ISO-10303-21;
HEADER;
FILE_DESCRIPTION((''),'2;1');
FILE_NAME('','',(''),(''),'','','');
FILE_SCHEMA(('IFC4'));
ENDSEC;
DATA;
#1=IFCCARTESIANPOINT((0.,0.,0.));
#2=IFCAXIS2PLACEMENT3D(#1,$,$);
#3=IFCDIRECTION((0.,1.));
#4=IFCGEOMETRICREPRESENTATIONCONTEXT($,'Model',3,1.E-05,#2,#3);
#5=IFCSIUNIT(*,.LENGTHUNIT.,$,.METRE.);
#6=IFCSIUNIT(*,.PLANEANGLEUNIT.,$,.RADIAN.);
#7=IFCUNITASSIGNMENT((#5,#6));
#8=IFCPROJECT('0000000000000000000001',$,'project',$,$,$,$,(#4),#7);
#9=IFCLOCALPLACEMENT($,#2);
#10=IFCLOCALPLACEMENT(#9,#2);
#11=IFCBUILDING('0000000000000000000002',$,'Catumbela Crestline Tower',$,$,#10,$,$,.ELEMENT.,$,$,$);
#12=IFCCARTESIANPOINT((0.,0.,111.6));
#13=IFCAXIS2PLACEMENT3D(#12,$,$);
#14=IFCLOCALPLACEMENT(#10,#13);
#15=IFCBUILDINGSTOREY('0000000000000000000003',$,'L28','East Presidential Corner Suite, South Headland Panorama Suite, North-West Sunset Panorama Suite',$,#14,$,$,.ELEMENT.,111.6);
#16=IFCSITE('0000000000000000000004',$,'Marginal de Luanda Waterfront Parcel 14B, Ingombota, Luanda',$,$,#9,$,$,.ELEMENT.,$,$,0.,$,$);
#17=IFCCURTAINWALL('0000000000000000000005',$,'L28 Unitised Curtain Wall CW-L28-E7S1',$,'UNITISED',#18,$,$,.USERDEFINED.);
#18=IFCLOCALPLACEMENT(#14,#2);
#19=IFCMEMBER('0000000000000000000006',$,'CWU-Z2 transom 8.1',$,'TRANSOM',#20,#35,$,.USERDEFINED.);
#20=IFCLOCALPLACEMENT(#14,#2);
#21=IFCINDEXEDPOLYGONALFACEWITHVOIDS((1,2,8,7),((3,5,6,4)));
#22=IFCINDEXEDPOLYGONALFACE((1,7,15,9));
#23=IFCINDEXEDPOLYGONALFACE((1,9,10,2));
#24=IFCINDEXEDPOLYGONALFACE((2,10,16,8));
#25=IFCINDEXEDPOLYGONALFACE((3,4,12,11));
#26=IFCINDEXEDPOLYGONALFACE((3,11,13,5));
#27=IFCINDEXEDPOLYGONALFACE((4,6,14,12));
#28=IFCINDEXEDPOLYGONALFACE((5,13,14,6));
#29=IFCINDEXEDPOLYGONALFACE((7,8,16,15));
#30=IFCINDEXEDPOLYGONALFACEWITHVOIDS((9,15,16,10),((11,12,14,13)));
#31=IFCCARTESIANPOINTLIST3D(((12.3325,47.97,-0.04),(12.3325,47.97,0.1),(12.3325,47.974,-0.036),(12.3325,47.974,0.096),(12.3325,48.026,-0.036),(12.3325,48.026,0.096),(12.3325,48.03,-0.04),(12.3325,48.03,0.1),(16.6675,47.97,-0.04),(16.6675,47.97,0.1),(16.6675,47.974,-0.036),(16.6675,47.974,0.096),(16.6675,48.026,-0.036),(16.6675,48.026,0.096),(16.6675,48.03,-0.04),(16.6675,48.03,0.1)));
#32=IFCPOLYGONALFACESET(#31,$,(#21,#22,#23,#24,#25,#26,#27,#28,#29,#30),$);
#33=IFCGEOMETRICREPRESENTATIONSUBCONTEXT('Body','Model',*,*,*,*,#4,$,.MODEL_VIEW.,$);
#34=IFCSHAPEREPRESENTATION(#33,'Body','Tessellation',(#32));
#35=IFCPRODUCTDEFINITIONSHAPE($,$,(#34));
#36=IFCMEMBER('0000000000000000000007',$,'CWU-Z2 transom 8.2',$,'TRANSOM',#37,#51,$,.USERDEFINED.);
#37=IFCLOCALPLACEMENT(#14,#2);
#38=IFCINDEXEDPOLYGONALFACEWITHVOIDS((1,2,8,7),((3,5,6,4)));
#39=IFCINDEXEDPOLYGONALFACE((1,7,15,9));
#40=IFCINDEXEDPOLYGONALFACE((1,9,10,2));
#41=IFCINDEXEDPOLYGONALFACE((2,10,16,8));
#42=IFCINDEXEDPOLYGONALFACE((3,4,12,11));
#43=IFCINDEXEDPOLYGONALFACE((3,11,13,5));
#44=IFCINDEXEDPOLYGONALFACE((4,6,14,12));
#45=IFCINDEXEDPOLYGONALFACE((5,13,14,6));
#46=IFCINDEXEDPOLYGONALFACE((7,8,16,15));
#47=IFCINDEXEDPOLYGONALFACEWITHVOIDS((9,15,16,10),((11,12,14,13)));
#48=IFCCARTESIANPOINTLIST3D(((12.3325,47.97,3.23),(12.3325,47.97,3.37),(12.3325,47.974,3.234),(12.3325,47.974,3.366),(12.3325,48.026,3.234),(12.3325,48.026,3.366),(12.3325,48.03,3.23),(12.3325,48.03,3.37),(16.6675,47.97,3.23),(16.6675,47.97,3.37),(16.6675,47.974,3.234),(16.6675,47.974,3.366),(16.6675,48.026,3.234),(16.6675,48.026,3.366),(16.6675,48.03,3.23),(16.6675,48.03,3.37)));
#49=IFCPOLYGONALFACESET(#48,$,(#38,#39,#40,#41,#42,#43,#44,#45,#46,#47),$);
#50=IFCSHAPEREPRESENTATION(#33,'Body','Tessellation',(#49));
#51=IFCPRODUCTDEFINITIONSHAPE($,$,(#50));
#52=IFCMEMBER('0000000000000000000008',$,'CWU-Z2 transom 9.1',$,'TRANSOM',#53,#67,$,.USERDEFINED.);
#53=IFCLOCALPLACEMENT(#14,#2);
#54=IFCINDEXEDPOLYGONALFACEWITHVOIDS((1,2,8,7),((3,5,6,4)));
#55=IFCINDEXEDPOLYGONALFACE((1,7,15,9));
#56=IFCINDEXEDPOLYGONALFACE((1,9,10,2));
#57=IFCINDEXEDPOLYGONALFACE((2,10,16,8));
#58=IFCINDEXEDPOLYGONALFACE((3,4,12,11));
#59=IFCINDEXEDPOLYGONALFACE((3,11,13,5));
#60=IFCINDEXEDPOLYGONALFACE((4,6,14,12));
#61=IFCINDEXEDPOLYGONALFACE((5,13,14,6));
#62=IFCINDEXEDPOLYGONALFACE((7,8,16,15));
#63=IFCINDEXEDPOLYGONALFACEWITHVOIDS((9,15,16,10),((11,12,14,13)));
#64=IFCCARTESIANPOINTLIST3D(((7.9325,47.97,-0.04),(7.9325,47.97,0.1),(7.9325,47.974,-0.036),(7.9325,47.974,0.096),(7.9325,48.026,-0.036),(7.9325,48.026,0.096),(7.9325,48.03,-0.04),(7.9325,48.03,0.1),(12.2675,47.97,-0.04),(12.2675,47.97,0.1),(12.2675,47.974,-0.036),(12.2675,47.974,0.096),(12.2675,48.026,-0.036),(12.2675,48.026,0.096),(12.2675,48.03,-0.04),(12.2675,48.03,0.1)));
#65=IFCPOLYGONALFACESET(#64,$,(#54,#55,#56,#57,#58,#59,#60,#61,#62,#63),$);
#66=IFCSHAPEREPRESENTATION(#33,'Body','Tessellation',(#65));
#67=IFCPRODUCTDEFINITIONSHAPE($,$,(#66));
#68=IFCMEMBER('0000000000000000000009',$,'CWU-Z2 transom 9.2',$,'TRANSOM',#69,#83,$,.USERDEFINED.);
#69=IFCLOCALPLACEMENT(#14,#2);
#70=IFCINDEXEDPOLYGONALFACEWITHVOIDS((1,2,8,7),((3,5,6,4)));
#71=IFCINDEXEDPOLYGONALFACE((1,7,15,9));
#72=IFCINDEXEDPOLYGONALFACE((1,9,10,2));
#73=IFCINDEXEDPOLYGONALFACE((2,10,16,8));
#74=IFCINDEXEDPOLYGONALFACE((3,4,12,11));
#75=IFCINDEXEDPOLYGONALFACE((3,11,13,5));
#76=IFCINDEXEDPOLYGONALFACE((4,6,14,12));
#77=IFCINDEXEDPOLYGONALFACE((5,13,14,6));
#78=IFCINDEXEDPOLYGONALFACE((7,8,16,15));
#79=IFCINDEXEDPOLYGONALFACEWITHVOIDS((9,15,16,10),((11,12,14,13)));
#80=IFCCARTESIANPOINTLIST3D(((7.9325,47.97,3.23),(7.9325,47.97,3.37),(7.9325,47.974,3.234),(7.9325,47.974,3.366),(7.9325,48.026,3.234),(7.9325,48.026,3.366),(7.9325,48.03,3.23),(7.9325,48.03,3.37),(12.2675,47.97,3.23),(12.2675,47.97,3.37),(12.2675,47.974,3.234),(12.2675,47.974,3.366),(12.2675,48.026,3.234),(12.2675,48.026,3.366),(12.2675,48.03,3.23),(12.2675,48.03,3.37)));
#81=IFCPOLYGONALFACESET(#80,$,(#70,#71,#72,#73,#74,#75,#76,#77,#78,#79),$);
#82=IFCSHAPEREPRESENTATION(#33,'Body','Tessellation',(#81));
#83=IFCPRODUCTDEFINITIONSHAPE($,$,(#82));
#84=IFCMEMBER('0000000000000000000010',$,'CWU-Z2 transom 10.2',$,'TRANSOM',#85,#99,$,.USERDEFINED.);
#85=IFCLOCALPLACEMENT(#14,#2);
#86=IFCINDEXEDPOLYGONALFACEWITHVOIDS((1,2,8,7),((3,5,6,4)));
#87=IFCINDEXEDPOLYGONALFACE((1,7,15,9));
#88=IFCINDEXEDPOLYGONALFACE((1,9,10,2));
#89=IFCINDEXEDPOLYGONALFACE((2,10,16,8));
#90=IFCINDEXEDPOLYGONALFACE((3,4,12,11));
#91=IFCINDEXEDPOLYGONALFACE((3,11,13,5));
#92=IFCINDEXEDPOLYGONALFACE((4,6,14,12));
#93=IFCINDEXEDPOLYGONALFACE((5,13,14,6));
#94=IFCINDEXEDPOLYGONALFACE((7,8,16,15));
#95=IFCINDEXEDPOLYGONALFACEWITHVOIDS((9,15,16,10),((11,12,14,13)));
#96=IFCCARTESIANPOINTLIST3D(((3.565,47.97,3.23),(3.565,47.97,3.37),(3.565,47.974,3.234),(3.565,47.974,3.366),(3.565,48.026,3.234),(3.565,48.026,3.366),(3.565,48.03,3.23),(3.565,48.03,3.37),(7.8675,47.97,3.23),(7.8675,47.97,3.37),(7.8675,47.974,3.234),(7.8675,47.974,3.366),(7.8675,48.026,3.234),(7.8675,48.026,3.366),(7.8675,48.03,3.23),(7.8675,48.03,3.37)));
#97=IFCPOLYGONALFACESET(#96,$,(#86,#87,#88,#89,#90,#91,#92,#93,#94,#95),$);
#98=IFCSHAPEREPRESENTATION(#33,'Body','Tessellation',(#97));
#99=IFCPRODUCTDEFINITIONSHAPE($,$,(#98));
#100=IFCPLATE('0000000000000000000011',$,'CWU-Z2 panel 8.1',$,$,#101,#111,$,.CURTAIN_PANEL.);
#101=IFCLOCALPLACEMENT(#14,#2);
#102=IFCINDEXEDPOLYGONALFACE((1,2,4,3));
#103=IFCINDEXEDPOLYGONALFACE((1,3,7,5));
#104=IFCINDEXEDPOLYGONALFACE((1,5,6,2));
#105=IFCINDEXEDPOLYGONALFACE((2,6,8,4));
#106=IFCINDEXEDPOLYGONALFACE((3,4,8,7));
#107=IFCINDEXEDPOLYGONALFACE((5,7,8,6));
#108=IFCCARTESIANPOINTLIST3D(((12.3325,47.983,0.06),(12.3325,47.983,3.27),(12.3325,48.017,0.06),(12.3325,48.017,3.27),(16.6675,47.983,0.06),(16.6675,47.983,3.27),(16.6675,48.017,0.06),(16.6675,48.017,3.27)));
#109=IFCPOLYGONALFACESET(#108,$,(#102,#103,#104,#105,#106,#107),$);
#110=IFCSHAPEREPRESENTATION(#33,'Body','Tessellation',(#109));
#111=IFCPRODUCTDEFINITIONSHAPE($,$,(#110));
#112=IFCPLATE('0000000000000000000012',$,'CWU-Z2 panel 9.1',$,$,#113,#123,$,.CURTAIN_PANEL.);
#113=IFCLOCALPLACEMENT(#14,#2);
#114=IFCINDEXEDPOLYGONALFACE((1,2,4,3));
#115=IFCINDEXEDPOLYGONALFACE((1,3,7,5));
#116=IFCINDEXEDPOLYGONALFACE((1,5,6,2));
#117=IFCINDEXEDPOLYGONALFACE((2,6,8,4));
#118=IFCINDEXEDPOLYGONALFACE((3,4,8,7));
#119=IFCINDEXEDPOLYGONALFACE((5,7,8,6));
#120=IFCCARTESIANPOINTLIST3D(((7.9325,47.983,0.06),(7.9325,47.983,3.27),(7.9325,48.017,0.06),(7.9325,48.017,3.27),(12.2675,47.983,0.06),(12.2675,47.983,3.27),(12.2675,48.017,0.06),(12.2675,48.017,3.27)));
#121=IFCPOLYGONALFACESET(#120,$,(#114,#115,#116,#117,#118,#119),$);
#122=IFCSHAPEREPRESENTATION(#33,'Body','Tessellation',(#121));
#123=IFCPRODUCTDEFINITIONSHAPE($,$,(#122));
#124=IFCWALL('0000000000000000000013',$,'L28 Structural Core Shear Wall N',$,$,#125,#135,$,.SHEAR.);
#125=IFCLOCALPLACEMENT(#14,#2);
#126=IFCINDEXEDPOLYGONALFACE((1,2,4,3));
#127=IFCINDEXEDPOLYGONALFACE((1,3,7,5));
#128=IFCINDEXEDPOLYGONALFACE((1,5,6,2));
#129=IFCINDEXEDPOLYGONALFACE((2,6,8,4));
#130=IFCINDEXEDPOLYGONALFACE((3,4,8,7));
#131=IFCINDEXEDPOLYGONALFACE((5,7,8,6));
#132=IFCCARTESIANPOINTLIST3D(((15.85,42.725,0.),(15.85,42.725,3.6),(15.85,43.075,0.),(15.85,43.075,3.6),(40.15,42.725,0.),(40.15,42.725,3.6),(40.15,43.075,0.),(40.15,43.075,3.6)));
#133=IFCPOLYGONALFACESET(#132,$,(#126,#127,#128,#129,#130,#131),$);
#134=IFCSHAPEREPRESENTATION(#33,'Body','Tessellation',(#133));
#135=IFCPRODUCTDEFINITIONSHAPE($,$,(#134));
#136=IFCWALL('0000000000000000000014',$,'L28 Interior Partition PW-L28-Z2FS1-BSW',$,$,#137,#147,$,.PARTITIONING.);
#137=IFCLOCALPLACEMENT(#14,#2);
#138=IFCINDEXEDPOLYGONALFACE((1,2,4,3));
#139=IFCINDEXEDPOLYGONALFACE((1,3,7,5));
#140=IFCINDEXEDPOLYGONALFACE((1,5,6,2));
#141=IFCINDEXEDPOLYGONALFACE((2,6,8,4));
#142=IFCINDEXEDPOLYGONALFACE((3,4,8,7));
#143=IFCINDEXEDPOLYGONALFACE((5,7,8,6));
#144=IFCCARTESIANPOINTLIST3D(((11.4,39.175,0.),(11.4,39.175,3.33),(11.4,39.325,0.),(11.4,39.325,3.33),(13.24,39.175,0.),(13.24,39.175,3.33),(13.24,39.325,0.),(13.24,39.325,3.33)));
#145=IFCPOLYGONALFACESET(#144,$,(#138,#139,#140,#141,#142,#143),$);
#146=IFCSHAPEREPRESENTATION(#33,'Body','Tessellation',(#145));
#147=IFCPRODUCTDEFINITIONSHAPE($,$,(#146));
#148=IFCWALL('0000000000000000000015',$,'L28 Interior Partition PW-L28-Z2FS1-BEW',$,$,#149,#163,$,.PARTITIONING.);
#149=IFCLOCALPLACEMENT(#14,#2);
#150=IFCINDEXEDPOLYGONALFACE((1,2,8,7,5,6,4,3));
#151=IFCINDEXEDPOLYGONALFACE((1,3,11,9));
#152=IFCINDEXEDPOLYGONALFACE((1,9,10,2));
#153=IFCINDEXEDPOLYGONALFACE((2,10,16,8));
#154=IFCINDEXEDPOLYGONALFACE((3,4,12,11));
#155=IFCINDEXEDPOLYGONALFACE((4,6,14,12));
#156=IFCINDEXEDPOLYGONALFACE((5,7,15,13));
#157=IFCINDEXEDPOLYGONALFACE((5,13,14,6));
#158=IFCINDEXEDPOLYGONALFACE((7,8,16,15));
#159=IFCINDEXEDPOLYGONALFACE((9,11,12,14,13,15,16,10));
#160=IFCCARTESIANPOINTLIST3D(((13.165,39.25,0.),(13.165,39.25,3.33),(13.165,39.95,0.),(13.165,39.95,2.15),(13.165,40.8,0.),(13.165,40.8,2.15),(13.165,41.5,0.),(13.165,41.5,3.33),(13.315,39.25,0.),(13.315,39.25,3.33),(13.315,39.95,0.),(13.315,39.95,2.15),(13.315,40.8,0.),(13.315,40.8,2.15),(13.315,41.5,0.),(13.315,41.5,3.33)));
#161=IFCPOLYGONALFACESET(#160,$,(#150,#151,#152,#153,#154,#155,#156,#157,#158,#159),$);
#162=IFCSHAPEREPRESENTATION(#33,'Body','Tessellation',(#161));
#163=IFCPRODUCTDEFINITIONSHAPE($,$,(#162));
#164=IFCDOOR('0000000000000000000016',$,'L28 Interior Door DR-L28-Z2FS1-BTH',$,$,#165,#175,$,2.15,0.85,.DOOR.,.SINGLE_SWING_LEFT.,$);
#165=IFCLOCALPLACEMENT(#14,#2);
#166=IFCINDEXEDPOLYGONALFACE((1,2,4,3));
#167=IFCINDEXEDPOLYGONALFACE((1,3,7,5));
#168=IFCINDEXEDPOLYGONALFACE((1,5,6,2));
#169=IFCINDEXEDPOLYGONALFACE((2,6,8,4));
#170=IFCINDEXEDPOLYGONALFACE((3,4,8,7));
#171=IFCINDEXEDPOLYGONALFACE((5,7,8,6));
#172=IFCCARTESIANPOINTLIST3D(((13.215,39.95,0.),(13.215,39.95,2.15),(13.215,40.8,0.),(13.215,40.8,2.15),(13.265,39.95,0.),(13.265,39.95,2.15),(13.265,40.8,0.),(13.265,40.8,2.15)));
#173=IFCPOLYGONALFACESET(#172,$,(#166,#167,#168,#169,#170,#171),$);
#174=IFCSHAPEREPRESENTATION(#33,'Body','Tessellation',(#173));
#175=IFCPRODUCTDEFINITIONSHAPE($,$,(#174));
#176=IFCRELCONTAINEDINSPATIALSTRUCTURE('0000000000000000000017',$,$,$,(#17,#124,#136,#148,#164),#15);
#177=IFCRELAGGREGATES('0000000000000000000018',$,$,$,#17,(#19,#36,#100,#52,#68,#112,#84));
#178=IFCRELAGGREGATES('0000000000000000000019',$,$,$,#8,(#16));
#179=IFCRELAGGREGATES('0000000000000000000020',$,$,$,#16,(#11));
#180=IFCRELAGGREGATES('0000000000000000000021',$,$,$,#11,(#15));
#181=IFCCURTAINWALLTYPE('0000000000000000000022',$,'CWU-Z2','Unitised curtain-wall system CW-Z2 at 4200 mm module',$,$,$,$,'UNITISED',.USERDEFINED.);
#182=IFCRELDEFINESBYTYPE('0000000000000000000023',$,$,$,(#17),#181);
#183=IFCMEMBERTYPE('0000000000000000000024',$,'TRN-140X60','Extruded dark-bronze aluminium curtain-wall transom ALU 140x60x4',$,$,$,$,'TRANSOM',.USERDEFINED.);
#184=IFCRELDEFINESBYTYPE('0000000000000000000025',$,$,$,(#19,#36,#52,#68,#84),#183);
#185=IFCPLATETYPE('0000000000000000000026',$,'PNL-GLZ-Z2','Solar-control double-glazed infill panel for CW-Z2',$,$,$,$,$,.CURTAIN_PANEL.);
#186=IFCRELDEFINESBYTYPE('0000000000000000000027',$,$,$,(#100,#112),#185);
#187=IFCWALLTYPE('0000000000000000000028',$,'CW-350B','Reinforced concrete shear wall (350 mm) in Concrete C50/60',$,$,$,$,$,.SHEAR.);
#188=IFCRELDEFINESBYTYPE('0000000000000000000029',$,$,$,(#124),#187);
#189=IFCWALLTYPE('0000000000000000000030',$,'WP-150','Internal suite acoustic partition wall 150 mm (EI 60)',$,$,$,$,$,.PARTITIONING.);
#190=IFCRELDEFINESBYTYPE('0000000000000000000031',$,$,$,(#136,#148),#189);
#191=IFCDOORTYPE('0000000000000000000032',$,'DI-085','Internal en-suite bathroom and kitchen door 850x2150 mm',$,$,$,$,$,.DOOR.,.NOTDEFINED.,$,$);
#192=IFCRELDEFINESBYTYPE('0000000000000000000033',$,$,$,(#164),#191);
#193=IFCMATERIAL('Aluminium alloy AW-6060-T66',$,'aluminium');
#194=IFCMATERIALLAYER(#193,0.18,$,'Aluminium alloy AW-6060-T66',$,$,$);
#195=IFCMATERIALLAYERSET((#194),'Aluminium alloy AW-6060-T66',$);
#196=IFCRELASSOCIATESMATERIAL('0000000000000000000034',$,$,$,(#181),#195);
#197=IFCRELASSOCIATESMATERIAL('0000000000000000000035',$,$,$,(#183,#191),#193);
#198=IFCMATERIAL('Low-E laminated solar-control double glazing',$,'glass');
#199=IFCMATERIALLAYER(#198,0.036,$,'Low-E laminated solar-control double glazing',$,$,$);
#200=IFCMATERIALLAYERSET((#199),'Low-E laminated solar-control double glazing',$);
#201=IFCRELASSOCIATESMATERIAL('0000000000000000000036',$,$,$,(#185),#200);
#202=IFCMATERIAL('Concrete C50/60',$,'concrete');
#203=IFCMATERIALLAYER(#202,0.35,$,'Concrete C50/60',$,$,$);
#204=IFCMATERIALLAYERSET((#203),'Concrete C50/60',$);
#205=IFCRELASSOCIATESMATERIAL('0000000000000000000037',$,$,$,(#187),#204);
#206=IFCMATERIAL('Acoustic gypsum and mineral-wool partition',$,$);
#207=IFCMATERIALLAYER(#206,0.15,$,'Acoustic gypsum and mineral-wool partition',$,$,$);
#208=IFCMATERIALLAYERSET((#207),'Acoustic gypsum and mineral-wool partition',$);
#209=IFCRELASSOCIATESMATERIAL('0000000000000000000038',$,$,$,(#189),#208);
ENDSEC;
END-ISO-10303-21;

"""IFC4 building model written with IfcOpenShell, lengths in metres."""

from ifc_helpers import new_model, si_unit, direction, frame, frame_2d, origin, origin_2d, place, context, subcontext, project, spatial, rectangle, hollow_rectangle, extrude, material, layer, layer_set, material_profile, profile_set, type_object, element, fill, aggregate, save


model = new_model("IFC4")

# Units and contexts
model_context = context("Model", 3, precision=1e-05, world=origin(), true_north=direction((0.0, 1.0)))
body_context = subcontext(model_context, "Body", "Model", "MODEL_VIEW")
ifc_project = project(units=[si_unit("LENGTHUNIT", "METRE"), si_unit("PLANEANGLEUNIT", "RADIAN")], contexts=[model_context])

# Site, building, storey
site_placement = place(None, origin())
site = spatial("IfcSite", under=ifc_project, at=site_placement, Name="Marginal de Luanda Waterfront Parcel 14B, Ingombota, Luanda", CompositionType="ELEMENT", RefElevation=0.0)
building_placement = place(site_placement, origin())
building = spatial("IfcBuilding", under=site, at=building_placement, Name="Catumbela Crestline Tower", CompositionType="ELEMENT")
storey_placement = place(building_placement, frame((0.0, 0.0, 111.6)))
storey = spatial("IfcBuildingStorey", under=building, at=storey_placement, Name="L28", Description="East Presidential Corner Suite, South Headland Panorama Suite, North-West Sunset Panorama Suite", CompositionType="ELEMENT", Elevation=111.6)

# Shared definitions
ifc_material_1 = material(Name="Concrete C50/60", Category="concrete")

# Curtain wall
ifc_material_2 = material(Name="Aluminium alloy AW-6060-T66", Category="aluminium")
ifc_layer_1 = layer(ifc_material_2, 0.18, Name="Aluminium alloy AW-6060-T66")
ifc_layer_set_1 = layer_set([ifc_layer_1], Name="Aluminium alloy AW-6060-T66")
curtain_wall_type = type_object("IfcCurtainWallType", Name="CWU-Z2", Description="Unitised curtain-wall system CW-Z2 at 4200 mm module", ElementType="UNITISED", PredefinedType="USERDEFINED", material=ifc_layer_set_1)
curtain_wall_placement = place(storey_placement, origin())
curtain_wall = element("IfcCurtainWall", 1, at=curtain_wall_placement, inside=storey, type_object=curtain_wall_type, Name="L28 Unitised Curtain Wall CW-L28-E7S1", ObjectType="UNITISED", PredefinedType="USERDEFINED")

# Members
ifc_material_profile_1 = material_profile(ifc_material_2, hollow_rectangle(XDim=0.06, YDim=0.14, WallThickness=0.004, at=origin_2d()), Name="ALU 140x60x4")
ifc_profile_set_1 = profile_set([ifc_material_profile_1], Name="Aluminium alloy AW-6060-T66")
member_type_1 = type_object("IfcMemberType", Name="TRN-140X60", Description="Extruded dark-bronze aluminium curtain-wall transom ALU 140x60x4", ElementType="TRANSOM", PredefinedType="USERDEFINED", material=ifc_profile_set_1)
member_1_placement = place(storey_placement, frame((16.6675, 48.0, 0.03), z_axis=(-1.0, 0.0, 0.0), x_axis=(0.0, -1.0, 0.0)))
member_1 = element("IfcMember", 2, at=member_1_placement, type_object=member_type_1, Name="CWU-Z2 transom 8.1", ObjectType="TRANSOM", PredefinedType="USERDEFINED", context=body_context, shape_type="SweptSolid", body=[
    extrude(hollow_rectangle(XDim=0.06, YDim=0.14, WallThickness=0.004, at=origin_2d()), origin(), (0.0, 0.0, 1.0), 4.335),
])
member_2_placement = place(storey_placement, frame((16.6675, 48.0, 3.3), z_axis=(-1.0, 0.0, 0.0), x_axis=(0.0, -1.0, 0.0)))
member_2 = element("IfcMember", 3, at=member_2_placement, type_object=member_type_1, Name="CWU-Z2 transom 8.2", ObjectType="TRANSOM", PredefinedType="USERDEFINED", context=body_context, shape_type="SweptSolid", body=[
    extrude(hollow_rectangle(XDim=0.06, YDim=0.14, WallThickness=0.004, at=origin_2d()), origin(), (0.0, 0.0, 1.0), 4.335),
])
member_3_placement = place(storey_placement, frame((12.2675, 48.0, 0.03), z_axis=(-1.0, 0.0, 0.0), x_axis=(0.0, -1.0, 0.0)))
member_3 = element("IfcMember", 4, at=member_3_placement, type_object=member_type_1, Name="CWU-Z2 transom 9.1", ObjectType="TRANSOM", PredefinedType="USERDEFINED", context=body_context, shape_type="SweptSolid", body=[
    extrude(hollow_rectangle(XDim=0.06, YDim=0.14, WallThickness=0.004, at=origin_2d()), origin(), (0.0, 0.0, 1.0), 4.335),
])
member_4_placement = place(storey_placement, frame((12.2675, 48.0, 3.3), z_axis=(-1.0, 0.0, 0.0), x_axis=(0.0, -1.0, 0.0)))
member_4 = element("IfcMember", 5, at=member_4_placement, type_object=member_type_1, Name="CWU-Z2 transom 9.2", ObjectType="TRANSOM", PredefinedType="USERDEFINED", context=body_context, shape_type="SweptSolid", body=[
    extrude(hollow_rectangle(XDim=0.06, YDim=0.14, WallThickness=0.004, at=origin_2d()), origin(), (0.0, 0.0, 1.0), 4.335),
])
member_5_placement = place(storey_placement, frame((7.8675, 48.0, 3.3), z_axis=(-1.0, 0.0, 0.0), x_axis=(0.0, -1.0, 0.0)))
member_5 = element("IfcMember", 6, at=member_5_placement, type_object=member_type_1, Name="CWU-Z2 transom 10.2", ObjectType="TRANSOM", PredefinedType="USERDEFINED", context=body_context, shape_type="SweptSolid", body=[
    extrude(hollow_rectangle(XDim=0.06, YDim=0.14, WallThickness=0.004, at=origin_2d()), origin(), (0.0, 0.0, 1.0), 4.3025),
])

# Plates
ifc_material_3 = material(Name="Low-E laminated solar-control double glazing", Category="glass")
ifc_layer_2 = layer(ifc_material_3, 0.036, Name="Low-E laminated solar-control double glazing")
ifc_layer_set_2 = layer_set([ifc_layer_2], Name="Low-E laminated solar-control double glazing")
plate_type = type_object("IfcPlateType", Name="PNL-GLZ-Z2", Description="Solar-control double-glazed infill panel for CW-Z2", PredefinedType="CURTAIN_PANEL", material=ifc_layer_set_2)
plate_1_placement = place(storey_placement, frame((14.5, 48.0, 0.06), z_axis=(0.0, 0.0, 1.0), x_axis=(-1.0, 0.0, 0.0)))
plate_1 = element("IfcPlate", 7, at=plate_1_placement, type_object=plate_type, Name="CWU-Z2 panel 8.1", PredefinedType="CURTAIN_PANEL", context=body_context, shape_type="SweptSolid", body=[
    extrude(rectangle(XDim=4.335, YDim=0.034, at=origin_2d()), origin(), (0.0, 0.0, 1.0), 3.21),
])
plate_2_placement = place(storey_placement, frame((10.1, 48.0, 0.06), z_axis=(0.0, 0.0, 1.0), x_axis=(-1.0, 0.0, 0.0)))
plate_2 = element("IfcPlate", 8, at=plate_2_placement, type_object=plate_type, Name="CWU-Z2 panel 9.1", PredefinedType="CURTAIN_PANEL", context=body_context, shape_type="SweptSolid", body=[
    extrude(rectangle(XDim=4.335, YDim=0.034, at=origin_2d()), origin(), (0.0, 0.0, 1.0), 3.21),
])
aggregate(curtain_wall, [member_1, member_2, plate_1, member_3, member_4, plate_2, member_5])

# Walls
ifc_layer_3 = layer(ifc_material_1, 0.35, Name="Concrete C50/60")
ifc_layer_set_3 = layer_set([ifc_layer_3], Name="Concrete C50/60")
wall_type_1 = type_object("IfcWallType", Name="CW-350B", Description="Reinforced concrete shear wall (350 mm) in Concrete C50/60", PredefinedType="SHEAR", material=ifc_layer_set_3)
wall_1_placement = place(storey_placement, frame((15.85, 42.9, 0.0), z_axis=(0.0, 0.0, 1.0), x_axis=(1.0, 0.0, 0.0)))
element("IfcWall", 9, at=wall_1_placement, inside=storey, type_object=wall_type_1, Name="L28 Structural Core Shear Wall N", PredefinedType="SHEAR", context=body_context, shape_type="SweptSolid", body=[
    extrude(rectangle(XDim=24.3, YDim=0.35, at=frame_2d((12.15, 0.0))), origin(), (0.0, 0.0, 1.0), 3.6),
])
ifc_material_4 = material(Name="Acoustic gypsum and mineral-wool partition")
ifc_layer_4 = layer(ifc_material_4, 0.15, Name="Acoustic gypsum and mineral-wool partition")
ifc_layer_set_4 = layer_set([ifc_layer_4], Name="Acoustic gypsum and mineral-wool partition")
wall_type_2 = type_object("IfcWallType", Name="WP-150", Description="Internal suite acoustic partition wall 150 mm (EI 60)", PredefinedType="PARTITIONING", material=ifc_layer_set_4)
wall_2_placement = place(storey_placement, frame((11.4, 39.25, 0.0), z_axis=(0.0, 0.0, 1.0), x_axis=(1.0, 0.0, 0.0)))
element("IfcWall", 10, at=wall_2_placement, inside=storey, type_object=wall_type_2, Name="L28 Interior Partition PW-L28-Z2FS1-BSW", PredefinedType="PARTITIONING", context=body_context, shape_type="SweptSolid", body=[
    extrude(rectangle(XDim=1.84, YDim=0.15, at=frame_2d((0.92, 0.0))), origin(), (0.0, 0.0, 1.0), 3.33),
])

# Wall, opening, door
wall_3_placement = place(storey_placement, frame((13.24, 39.25, 0.0), z_axis=(0.0, 0.0, 1.0), x_axis=(0.0, 1.0, 0.0)))
wall_3 = element("IfcWall", 11, at=wall_3_placement, inside=storey, type_object=wall_type_2, Name="L28 Interior Partition PW-L28-Z2FS1-BEW", PredefinedType="PARTITIONING", context=body_context, shape_type="SweptSolid", body=[
    extrude(rectangle(XDim=2.25, YDim=0.15, at=frame_2d((1.125, 0.0))), origin(), (0.0, 0.0, 1.0), 3.33),
])
opening_placement = place(wall_3_placement, frame((0.7, 0.0, 0.0)))
opening = element("IfcOpeningElement", 12, at=opening_placement, cuts=wall_3, PredefinedType="OPENING", context=body_context, shape_type="SweptSolid", body=[
    extrude(rectangle(XDim=0.85, YDim=2.15, at=frame_2d((0.425, 1.075))), frame((0.0, 0.085, 0.0), z_axis=(0.0, -1.0, 0.0), x_axis=(1.0, 0.0, 0.0)), (0.0, 0.0, 1.0), 0.17),
])
door_type = type_object("IfcDoorType", Name="DI-085", Description="Internal en-suite bathroom and kitchen door 850x2150 mm", OperationType="NOTDEFINED", PredefinedType="DOOR", material=ifc_material_2)
door_placement = place(opening_placement, origin())
door = element("IfcDoor", 13, at=door_placement, inside=storey, type_object=door_type, Name="L28 Interior Door DR-L28-Z2FS1-BTH", OperationType="SINGLE_SWING_LEFT", OverallHeight=2.15, OverallWidth=0.85, PredefinedType="DOOR", context=body_context, shape_type="SweptSolid", body=[
    extrude(rectangle(XDim=0.85, YDim=2.15, at=frame_2d((0.425, 1.075))), frame((0.0, 0.025, 0.0), z_axis=(0.0, -1.0, 0.0), x_axis=(1.0, 0.0, 0.0)), (0.0, 0.0, 1.0), 0.05),
])
fill(opening, door)

save(model, "model.ifc")
